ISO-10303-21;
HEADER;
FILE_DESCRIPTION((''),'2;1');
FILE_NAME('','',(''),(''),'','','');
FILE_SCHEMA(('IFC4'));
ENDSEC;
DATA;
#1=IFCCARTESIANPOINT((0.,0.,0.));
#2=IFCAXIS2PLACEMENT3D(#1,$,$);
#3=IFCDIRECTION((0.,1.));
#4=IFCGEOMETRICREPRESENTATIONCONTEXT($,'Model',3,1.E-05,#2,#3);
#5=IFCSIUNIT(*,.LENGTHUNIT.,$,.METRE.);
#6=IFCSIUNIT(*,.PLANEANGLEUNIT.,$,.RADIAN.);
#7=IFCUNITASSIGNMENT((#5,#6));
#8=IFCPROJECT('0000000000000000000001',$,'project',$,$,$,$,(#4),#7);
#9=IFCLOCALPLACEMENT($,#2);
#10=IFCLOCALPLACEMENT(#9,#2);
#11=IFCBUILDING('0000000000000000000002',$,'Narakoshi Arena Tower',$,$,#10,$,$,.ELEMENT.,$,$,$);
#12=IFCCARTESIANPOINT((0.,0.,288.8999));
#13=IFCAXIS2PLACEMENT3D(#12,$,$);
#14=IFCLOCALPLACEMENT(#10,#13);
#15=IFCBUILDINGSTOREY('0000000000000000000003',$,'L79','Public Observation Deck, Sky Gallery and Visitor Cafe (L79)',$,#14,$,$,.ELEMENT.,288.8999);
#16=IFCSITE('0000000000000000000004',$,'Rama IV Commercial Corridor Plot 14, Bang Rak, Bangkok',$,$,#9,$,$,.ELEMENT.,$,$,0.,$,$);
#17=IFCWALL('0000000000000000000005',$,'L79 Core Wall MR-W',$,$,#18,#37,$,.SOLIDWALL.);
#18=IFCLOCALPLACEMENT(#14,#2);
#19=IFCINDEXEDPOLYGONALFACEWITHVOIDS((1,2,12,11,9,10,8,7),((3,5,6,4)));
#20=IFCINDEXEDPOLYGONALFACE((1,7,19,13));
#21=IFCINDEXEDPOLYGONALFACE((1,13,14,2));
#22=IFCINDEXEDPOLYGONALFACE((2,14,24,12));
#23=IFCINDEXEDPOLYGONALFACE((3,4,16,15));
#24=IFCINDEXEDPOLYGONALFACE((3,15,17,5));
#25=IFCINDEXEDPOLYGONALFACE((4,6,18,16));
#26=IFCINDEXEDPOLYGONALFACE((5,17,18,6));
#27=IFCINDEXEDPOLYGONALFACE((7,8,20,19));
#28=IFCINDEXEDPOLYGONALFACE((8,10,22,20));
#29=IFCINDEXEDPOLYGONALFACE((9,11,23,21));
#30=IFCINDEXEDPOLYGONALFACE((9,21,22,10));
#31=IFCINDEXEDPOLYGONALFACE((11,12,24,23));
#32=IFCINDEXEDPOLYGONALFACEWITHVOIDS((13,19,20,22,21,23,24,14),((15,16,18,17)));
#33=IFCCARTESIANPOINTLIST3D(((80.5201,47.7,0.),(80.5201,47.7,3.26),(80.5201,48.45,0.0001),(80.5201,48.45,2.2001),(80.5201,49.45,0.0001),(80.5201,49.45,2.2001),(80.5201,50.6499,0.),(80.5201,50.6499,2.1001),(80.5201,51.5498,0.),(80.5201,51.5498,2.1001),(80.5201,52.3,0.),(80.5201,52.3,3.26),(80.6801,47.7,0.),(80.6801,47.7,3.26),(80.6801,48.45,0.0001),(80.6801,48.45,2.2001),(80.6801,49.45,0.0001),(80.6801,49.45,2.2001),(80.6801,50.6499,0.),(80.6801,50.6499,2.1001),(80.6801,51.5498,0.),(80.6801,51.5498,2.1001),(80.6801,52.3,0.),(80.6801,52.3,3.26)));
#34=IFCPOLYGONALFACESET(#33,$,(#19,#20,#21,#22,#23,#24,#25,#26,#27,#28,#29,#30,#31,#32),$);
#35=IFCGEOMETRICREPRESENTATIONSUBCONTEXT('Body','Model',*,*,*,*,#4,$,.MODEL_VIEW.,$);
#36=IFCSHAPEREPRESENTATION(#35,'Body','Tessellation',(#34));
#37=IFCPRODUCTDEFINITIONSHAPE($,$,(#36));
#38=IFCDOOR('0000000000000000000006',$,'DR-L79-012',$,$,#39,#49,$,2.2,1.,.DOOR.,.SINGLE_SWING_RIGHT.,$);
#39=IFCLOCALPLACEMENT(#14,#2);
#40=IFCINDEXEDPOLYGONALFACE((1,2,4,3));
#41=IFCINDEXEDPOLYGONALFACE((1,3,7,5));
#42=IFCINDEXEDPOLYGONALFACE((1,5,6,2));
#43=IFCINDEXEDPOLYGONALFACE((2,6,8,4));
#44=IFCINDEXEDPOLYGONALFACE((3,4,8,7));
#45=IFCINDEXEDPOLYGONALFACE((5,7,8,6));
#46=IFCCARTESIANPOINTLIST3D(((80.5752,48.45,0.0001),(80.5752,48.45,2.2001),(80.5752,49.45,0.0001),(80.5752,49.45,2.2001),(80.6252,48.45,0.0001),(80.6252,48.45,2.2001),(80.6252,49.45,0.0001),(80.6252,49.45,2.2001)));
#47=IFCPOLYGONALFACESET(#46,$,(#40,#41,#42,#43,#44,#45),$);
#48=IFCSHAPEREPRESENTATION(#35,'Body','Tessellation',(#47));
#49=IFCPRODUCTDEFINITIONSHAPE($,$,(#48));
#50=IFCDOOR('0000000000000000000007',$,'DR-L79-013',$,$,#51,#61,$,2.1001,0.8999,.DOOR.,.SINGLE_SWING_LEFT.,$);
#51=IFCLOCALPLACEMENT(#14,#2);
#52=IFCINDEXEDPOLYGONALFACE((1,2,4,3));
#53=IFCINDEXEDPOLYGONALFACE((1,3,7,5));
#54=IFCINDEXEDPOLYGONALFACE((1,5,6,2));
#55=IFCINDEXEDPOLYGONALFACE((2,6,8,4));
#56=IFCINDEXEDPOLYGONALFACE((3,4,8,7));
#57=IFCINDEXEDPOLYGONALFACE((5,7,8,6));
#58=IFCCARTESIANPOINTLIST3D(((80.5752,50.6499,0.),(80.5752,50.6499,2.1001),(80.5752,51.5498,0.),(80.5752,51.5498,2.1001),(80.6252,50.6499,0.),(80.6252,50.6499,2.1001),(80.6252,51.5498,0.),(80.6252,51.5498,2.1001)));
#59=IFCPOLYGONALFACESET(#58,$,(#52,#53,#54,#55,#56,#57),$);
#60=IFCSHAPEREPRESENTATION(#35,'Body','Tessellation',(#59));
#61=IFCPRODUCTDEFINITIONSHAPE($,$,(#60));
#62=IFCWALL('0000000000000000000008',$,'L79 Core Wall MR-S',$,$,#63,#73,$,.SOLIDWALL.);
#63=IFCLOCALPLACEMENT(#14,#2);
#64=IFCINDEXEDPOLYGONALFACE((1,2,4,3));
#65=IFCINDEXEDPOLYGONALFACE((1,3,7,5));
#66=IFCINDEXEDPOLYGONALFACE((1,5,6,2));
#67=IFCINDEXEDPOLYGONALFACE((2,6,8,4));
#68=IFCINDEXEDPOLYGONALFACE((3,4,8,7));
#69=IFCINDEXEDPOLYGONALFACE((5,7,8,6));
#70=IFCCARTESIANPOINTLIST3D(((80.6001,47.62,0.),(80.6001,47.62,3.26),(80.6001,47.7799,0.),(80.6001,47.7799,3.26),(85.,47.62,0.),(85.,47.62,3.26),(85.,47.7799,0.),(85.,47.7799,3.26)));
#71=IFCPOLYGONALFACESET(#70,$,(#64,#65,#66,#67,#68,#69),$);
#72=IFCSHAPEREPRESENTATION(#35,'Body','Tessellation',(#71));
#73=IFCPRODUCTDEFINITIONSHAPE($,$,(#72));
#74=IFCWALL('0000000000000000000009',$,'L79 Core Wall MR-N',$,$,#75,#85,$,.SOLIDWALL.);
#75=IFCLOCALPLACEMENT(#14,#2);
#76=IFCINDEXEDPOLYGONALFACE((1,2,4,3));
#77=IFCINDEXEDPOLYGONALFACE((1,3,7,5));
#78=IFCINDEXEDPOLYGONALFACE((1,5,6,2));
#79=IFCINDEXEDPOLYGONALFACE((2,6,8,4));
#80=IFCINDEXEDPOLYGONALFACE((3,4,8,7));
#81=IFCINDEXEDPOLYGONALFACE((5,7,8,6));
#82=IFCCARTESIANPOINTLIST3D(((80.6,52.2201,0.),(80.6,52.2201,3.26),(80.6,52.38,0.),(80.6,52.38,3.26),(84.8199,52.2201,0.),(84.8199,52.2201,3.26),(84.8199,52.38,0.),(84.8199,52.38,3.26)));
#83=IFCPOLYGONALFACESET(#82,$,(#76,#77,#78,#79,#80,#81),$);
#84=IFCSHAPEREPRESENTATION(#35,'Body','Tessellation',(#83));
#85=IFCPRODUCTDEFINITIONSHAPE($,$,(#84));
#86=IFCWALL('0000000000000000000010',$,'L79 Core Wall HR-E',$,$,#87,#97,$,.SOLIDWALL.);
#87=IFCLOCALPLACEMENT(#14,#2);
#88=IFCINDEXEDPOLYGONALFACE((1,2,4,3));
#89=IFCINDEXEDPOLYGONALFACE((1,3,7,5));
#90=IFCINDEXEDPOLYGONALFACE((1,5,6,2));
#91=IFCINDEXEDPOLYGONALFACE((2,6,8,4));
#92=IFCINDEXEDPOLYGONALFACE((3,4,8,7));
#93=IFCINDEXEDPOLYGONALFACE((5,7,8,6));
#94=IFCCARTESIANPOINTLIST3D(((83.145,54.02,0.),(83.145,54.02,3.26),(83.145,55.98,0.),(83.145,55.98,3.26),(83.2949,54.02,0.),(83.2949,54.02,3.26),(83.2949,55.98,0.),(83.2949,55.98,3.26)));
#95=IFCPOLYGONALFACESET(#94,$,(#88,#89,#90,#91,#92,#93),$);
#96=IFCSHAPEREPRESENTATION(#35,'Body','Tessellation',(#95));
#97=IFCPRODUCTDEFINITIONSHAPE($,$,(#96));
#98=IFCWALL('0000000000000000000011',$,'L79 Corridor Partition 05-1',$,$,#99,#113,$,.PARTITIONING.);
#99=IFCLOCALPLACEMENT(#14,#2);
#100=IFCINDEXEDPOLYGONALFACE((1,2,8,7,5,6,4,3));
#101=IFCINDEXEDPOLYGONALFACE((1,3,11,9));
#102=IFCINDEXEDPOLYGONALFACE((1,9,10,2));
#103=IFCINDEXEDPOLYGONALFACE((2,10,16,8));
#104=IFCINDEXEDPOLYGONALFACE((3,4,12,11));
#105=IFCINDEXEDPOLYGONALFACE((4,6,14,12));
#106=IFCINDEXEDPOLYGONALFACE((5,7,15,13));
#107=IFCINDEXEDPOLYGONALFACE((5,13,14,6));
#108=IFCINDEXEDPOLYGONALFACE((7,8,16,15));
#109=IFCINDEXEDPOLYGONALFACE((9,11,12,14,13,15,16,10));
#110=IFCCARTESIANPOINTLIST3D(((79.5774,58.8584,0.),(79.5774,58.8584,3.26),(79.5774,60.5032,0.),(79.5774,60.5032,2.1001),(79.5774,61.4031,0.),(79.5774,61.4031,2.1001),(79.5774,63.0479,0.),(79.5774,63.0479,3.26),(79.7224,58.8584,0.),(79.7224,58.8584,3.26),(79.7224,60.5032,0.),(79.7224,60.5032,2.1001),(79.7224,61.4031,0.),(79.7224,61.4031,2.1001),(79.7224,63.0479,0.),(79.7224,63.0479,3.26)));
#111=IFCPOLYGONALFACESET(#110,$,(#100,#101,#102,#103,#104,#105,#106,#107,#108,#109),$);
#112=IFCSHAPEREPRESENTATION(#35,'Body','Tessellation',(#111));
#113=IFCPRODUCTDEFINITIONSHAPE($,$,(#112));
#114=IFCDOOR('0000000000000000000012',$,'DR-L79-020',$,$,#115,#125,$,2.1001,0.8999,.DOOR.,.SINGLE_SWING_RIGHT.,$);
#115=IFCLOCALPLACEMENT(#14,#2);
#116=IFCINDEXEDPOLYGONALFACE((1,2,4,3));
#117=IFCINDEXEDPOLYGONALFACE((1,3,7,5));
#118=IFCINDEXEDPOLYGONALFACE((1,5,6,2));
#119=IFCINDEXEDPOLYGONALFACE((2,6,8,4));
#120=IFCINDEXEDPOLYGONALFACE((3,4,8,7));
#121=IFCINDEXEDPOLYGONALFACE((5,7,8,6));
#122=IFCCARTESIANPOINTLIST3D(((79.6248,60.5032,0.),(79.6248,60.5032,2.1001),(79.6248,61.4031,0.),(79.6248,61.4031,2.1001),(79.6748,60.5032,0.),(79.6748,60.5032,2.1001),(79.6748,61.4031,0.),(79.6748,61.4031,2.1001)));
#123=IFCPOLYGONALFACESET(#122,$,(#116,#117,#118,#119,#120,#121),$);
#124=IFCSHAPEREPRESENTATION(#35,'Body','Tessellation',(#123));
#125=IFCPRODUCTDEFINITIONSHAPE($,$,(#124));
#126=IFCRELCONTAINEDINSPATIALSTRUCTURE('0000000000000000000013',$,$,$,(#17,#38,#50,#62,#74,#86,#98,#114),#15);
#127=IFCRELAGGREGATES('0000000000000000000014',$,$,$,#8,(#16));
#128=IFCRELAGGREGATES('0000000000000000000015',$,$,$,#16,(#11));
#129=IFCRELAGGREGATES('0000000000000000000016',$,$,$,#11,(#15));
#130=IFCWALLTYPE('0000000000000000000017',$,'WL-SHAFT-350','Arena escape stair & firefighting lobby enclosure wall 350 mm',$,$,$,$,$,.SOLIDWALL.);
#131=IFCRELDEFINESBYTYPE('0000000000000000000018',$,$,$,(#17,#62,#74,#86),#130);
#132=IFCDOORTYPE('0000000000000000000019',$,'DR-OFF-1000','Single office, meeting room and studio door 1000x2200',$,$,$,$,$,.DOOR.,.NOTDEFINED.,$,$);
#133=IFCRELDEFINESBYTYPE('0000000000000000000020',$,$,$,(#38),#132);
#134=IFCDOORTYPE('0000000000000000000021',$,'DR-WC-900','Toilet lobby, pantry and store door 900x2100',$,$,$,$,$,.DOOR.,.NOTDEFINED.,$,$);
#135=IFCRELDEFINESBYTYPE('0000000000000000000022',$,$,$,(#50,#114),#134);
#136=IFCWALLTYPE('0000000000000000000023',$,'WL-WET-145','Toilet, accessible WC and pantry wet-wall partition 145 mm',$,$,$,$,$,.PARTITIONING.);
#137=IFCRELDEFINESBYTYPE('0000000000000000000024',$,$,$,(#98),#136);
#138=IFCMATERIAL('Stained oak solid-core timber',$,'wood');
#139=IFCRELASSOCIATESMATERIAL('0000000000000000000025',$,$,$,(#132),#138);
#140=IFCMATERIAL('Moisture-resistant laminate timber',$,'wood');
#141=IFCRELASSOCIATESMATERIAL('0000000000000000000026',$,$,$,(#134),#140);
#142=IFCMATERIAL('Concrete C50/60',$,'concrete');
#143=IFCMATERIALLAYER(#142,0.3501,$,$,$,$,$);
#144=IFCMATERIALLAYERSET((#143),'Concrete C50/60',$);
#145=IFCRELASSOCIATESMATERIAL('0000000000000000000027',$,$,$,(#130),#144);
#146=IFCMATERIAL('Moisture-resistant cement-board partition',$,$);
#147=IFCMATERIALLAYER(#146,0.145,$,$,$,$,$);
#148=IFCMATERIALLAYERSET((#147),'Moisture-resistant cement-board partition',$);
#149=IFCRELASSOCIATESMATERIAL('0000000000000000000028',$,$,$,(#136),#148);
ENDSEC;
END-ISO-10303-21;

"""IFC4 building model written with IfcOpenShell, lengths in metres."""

from ifc_helpers import new_model, si_unit, direction, frame, frame_2d, origin, place, context, subcontext, project, spatial, rectangle, extrude, material, layer, layer_set, type_object, element, fill, save


model = new_model("IFC4")

# Units and contexts
model_context = context("Model", 3, precision=1e-05, world=origin(), true_north=direction((0.0, 1.0)))
body_context = subcontext(model_context, "Body", "Model", "MODEL_VIEW")
ifc_project = project(units=[si_unit("LENGTHUNIT", "METRE"), si_unit("PLANEANGLEUNIT", "RADIAN")], contexts=[model_context])

# Site, building, storey
site_placement = place(None, origin())
site = spatial("IfcSite", under=ifc_project, at=site_placement, Name="Rama IV Commercial Corridor Plot 14, Bang Rak, Bangkok", CompositionType="ELEMENT", RefElevation=0.0)
building_placement = place(site_placement, origin())
building = spatial("IfcBuilding", under=site, at=building_placement, Name="Narakoshi Arena Tower", CompositionType="ELEMENT")
storey_placement = place(building_placement, frame((0.0, 0.0, 288.8999)))
storey = spatial("IfcBuildingStorey", under=building, at=storey_placement, Name="L79", Description="Public Observation Deck, Sky Gallery and Visitor Cafe (L79)", CompositionType="ELEMENT", Elevation=288.8999)

# Shared definitions
ifc_material_1 = material(Name="Concrete C50/60", Category="concrete")

# Shared definitions
ifc_material_2 = material(Name="Stained oak solid-core timber", Category="wood")
door_type_1 = type_object("IfcDoorType", Name="DR-OFF-1000", Description="Single office, meeting room and studio door 1000x2200", OperationType="NOTDEFINED", PredefinedType="DOOR", material=ifc_material_2)

# Shared definitions
ifc_material_3 = material(Name="Moisture-resistant laminate timber", Category="wood")
door_type_2 = type_object("IfcDoorType", Name="DR-WC-900", Description="Toilet lobby, pantry and store door 900x2100", OperationType="NOTDEFINED", PredefinedType="DOOR", material=ifc_material_3)

# Wall, openings, doors
ifc_layer_1 = layer(ifc_material_1, 0.3501)
ifc_layer_set_1 = layer_set([ifc_layer_1], Name="Concrete C50/60")
wall_type_1 = type_object("IfcWallType", Name="WL-SHAFT-350", Description="Arena escape stair & firefighting lobby enclosure wall 350 mm", PredefinedType="SOLIDWALL", material=ifc_layer_set_1)
wall_1_placement = place(storey_placement, frame((80.6001, 47.7, 0.0), z_axis=(0.0, 0.0, 1.0), x_axis=(0.0, 1.0, 0.0)))
wall_1 = element("IfcWall", 1, at=wall_1_placement, inside=storey, type_object=wall_type_1, Name="L79 Core Wall MR-W", PredefinedType="SOLIDWALL", context=body_context, shape_type="SweptSolid", body=[
    extrude(rectangle(XDim=4.6001, YDim=0.1599, at=frame_2d((2.3, 0.0))), origin(), (0.0, 0.0, 1.0), 3.26),
])
opening_1_placement = place(wall_1_placement, frame((0.75, 0.0, 0.0)))
opening_1 = element("IfcOpeningElement", 2, at=opening_1_placement, cuts=wall_1, PredefinedType="OPENING", context=body_context, shape_type="SweptSolid", body=[
    extrude(rectangle(XDim=1.0, YDim=2.2, at=frame_2d((0.5, 1.1001))), frame((0.0, 0.0898, 0.0), z_axis=(0.0, -1.0, 0.0), x_axis=(1.0, 0.0, 0.0)), (0.0, 0.0, 1.0), 0.1799),
])
opening_2_placement = place(wall_1_placement, frame((2.95, 0.0, 0.0)))
opening_2 = element("IfcOpeningElement", 3, at=opening_2_placement, cuts=wall_1, PredefinedType="OPENING", context=body_context, shape_type="SweptSolid", body=[
    extrude(rectangle(XDim=0.8999, YDim=2.1001, at=frame_2d((0.45, 1.05))), frame((0.0, 0.0898, 0.0), z_axis=(0.0, -1.0, 0.0), x_axis=(1.0, 0.0, 0.0)), (0.0, 0.0, 1.0), 0.1799),
])
door_1_placement = place(opening_1_placement, origin())
door_1 = element("IfcDoor", 4, at=door_1_placement, inside=storey, type_object=door_type_1, Name="DR-L79-012", OperationType="SINGLE_SWING_RIGHT", OverallHeight=2.2, OverallWidth=1.0, PredefinedType="DOOR", context=body_context, shape_type="SweptSolid", body=[
    extrude(rectangle(XDim=1.0, YDim=2.2, at=frame_2d((0.5, 1.1001))), frame((0.0, 0.0249, 0.0), z_axis=(0.0, -1.0, 0.0), x_axis=(1.0, 0.0, 0.0)), (0.0, 0.0, 1.0), 0.05),
])
fill(opening_1, door_1)
door_2_placement = place(opening_2_placement, origin())
door_2 = element("IfcDoor", 5, at=door_2_placement, inside=storey, type_object=door_type_2, Name="DR-L79-013", OperationType="SINGLE_SWING_LEFT", OverallHeight=2.1001, OverallWidth=0.8999, PredefinedType="DOOR", context=body_context, shape_type="SweptSolid", body=[
    extrude(rectangle(XDim=0.8999, YDim=2.1001, at=frame_2d((0.45, 1.05))), frame((0.0, 0.0249, 0.0), z_axis=(0.0, -1.0, 0.0), x_axis=(1.0, 0.0, 0.0)), (0.0, 0.0, 1.0), 0.05),
])
fill(opening_2, door_2)

# Walls
wall_2_placement = place(storey_placement, frame((80.6001, 47.7, 0.0), z_axis=(0.0, 0.0, 1.0), x_axis=(1.0, 0.0, 0.0)))
element("IfcWall", 6, at=wall_2_placement, inside=storey, type_object=wall_type_1, Name="L79 Core Wall MR-S", PredefinedType="SOLIDWALL", context=body_context, shape_type="SweptSolid", body=[
    extrude(rectangle(XDim=4.3999, YDim=0.1599, at=frame_2d((2.2, 0.0))), origin(), (0.0, 0.0, 1.0), 3.26),
])
wall_3_placement = place(storey_placement, frame((80.6001, 52.3, 0.0), z_axis=(0.0, 0.0, 1.0), x_axis=(1.0, 0.0, 0.0)))
element("IfcWall", 7, at=wall_3_placement, inside=storey, type_object=wall_type_1, Name="L79 Core Wall MR-N", PredefinedType="SOLIDWALL", context=body_context, shape_type="SweptSolid", body=[
    extrude(rectangle(XDim=4.22, YDim=0.1599, at=frame_2d((2.1099, 0.0))), origin(), (0.0, 0.0, 1.0), 3.26),
])
wall_4_placement = place(storey_placement, frame((83.22, 54.02, 0.0), z_axis=(0.0, 0.0, 1.0), x_axis=(0.0, 1.0, 0.0)))
element("IfcWall", 8, at=wall_4_placement, inside=storey, type_object=wall_type_1, Name="L79 Core Wall HR-E", PredefinedType="SOLIDWALL", context=body_context, shape_type="SweptSolid", body=[
    extrude(rectangle(XDim=1.96, YDim=0.1499, at=frame_2d((0.98, 0.0))), origin(), (0.0, 0.0, 1.0), 3.26),
])

# Wall, opening, door
ifc_material_4 = material(Name="Moisture-resistant cement-board partition")
ifc_layer_2 = layer(ifc_material_4, 0.145)
ifc_layer_set_2 = layer_set([ifc_layer_2], Name="Moisture-resistant cement-board partition")
wall_type_2 = type_object("IfcWallType", Name="WL-WET-145", Description="Toilet, accessible WC and pantry wet-wall partition 145 mm", PredefinedType="PARTITIONING", material=ifc_layer_set_2)
wall_5_placement = place(storey_placement, frame((79.6499, 58.8584, 0.0), z_axis=(0.0, 0.0, 1.0), x_axis=(0.0, 1.0, 0.0)))
wall_5 = element("IfcWall", 9, at=wall_5_placement, inside=storey, type_object=wall_type_2, Name="L79 Corridor Partition 05-1", PredefinedType="PARTITIONING", context=body_context, shape_type="SweptSolid", body=[
    extrude(rectangle(XDim=4.1895, YDim=0.145, at=frame_2d((2.0947, 0.0))), origin(), (0.0, 0.0, 1.0), 3.26),
])
opening_3_placement = place(wall_5_placement, frame((1.6448, 0.0, 0.0)))
opening_3 = element("IfcOpeningElement", 10, at=opening_3_placement, cuts=wall_5, PredefinedType="OPENING", context=body_context, shape_type="SweptSolid", body=[
    extrude(rectangle(XDim=0.8999, YDim=2.1001, at=frame_2d((0.45, 1.05))), frame((0.0, 0.0825, 0.0), z_axis=(0.0, -1.0, 0.0), x_axis=(1.0, 0.0, 0.0)), (0.0, 0.0, 1.0), 0.165),
])
door_3_placement = place(opening_3_placement, frame((0.8999, 0.0, 0.0), z_axis=(0.0, 0.0, 1.0), x_axis=(-1.0, 0.0, 0.0)))
door_3 = element("IfcDoor", 11, at=door_3_placement, inside=storey, type_object=door_type_2, Name="DR-L79-020", OperationType="SINGLE_SWING_RIGHT", OverallHeight=2.1001, OverallWidth=0.8999, PredefinedType="DOOR", context=body_context, shape_type="SweptSolid", body=[
    extrude(rectangle(XDim=0.8999, YDim=2.1001, at=frame_2d((0.45, 1.05))), frame((0.0, 0.0249, 0.0), z_axis=(0.0, -1.0, 0.0), x_axis=(1.0, 0.0, 0.0)), (0.0, 0.0, 1.0), 0.05),
])
fill(opening_3, door_3)

save(model, "model.ifc")
